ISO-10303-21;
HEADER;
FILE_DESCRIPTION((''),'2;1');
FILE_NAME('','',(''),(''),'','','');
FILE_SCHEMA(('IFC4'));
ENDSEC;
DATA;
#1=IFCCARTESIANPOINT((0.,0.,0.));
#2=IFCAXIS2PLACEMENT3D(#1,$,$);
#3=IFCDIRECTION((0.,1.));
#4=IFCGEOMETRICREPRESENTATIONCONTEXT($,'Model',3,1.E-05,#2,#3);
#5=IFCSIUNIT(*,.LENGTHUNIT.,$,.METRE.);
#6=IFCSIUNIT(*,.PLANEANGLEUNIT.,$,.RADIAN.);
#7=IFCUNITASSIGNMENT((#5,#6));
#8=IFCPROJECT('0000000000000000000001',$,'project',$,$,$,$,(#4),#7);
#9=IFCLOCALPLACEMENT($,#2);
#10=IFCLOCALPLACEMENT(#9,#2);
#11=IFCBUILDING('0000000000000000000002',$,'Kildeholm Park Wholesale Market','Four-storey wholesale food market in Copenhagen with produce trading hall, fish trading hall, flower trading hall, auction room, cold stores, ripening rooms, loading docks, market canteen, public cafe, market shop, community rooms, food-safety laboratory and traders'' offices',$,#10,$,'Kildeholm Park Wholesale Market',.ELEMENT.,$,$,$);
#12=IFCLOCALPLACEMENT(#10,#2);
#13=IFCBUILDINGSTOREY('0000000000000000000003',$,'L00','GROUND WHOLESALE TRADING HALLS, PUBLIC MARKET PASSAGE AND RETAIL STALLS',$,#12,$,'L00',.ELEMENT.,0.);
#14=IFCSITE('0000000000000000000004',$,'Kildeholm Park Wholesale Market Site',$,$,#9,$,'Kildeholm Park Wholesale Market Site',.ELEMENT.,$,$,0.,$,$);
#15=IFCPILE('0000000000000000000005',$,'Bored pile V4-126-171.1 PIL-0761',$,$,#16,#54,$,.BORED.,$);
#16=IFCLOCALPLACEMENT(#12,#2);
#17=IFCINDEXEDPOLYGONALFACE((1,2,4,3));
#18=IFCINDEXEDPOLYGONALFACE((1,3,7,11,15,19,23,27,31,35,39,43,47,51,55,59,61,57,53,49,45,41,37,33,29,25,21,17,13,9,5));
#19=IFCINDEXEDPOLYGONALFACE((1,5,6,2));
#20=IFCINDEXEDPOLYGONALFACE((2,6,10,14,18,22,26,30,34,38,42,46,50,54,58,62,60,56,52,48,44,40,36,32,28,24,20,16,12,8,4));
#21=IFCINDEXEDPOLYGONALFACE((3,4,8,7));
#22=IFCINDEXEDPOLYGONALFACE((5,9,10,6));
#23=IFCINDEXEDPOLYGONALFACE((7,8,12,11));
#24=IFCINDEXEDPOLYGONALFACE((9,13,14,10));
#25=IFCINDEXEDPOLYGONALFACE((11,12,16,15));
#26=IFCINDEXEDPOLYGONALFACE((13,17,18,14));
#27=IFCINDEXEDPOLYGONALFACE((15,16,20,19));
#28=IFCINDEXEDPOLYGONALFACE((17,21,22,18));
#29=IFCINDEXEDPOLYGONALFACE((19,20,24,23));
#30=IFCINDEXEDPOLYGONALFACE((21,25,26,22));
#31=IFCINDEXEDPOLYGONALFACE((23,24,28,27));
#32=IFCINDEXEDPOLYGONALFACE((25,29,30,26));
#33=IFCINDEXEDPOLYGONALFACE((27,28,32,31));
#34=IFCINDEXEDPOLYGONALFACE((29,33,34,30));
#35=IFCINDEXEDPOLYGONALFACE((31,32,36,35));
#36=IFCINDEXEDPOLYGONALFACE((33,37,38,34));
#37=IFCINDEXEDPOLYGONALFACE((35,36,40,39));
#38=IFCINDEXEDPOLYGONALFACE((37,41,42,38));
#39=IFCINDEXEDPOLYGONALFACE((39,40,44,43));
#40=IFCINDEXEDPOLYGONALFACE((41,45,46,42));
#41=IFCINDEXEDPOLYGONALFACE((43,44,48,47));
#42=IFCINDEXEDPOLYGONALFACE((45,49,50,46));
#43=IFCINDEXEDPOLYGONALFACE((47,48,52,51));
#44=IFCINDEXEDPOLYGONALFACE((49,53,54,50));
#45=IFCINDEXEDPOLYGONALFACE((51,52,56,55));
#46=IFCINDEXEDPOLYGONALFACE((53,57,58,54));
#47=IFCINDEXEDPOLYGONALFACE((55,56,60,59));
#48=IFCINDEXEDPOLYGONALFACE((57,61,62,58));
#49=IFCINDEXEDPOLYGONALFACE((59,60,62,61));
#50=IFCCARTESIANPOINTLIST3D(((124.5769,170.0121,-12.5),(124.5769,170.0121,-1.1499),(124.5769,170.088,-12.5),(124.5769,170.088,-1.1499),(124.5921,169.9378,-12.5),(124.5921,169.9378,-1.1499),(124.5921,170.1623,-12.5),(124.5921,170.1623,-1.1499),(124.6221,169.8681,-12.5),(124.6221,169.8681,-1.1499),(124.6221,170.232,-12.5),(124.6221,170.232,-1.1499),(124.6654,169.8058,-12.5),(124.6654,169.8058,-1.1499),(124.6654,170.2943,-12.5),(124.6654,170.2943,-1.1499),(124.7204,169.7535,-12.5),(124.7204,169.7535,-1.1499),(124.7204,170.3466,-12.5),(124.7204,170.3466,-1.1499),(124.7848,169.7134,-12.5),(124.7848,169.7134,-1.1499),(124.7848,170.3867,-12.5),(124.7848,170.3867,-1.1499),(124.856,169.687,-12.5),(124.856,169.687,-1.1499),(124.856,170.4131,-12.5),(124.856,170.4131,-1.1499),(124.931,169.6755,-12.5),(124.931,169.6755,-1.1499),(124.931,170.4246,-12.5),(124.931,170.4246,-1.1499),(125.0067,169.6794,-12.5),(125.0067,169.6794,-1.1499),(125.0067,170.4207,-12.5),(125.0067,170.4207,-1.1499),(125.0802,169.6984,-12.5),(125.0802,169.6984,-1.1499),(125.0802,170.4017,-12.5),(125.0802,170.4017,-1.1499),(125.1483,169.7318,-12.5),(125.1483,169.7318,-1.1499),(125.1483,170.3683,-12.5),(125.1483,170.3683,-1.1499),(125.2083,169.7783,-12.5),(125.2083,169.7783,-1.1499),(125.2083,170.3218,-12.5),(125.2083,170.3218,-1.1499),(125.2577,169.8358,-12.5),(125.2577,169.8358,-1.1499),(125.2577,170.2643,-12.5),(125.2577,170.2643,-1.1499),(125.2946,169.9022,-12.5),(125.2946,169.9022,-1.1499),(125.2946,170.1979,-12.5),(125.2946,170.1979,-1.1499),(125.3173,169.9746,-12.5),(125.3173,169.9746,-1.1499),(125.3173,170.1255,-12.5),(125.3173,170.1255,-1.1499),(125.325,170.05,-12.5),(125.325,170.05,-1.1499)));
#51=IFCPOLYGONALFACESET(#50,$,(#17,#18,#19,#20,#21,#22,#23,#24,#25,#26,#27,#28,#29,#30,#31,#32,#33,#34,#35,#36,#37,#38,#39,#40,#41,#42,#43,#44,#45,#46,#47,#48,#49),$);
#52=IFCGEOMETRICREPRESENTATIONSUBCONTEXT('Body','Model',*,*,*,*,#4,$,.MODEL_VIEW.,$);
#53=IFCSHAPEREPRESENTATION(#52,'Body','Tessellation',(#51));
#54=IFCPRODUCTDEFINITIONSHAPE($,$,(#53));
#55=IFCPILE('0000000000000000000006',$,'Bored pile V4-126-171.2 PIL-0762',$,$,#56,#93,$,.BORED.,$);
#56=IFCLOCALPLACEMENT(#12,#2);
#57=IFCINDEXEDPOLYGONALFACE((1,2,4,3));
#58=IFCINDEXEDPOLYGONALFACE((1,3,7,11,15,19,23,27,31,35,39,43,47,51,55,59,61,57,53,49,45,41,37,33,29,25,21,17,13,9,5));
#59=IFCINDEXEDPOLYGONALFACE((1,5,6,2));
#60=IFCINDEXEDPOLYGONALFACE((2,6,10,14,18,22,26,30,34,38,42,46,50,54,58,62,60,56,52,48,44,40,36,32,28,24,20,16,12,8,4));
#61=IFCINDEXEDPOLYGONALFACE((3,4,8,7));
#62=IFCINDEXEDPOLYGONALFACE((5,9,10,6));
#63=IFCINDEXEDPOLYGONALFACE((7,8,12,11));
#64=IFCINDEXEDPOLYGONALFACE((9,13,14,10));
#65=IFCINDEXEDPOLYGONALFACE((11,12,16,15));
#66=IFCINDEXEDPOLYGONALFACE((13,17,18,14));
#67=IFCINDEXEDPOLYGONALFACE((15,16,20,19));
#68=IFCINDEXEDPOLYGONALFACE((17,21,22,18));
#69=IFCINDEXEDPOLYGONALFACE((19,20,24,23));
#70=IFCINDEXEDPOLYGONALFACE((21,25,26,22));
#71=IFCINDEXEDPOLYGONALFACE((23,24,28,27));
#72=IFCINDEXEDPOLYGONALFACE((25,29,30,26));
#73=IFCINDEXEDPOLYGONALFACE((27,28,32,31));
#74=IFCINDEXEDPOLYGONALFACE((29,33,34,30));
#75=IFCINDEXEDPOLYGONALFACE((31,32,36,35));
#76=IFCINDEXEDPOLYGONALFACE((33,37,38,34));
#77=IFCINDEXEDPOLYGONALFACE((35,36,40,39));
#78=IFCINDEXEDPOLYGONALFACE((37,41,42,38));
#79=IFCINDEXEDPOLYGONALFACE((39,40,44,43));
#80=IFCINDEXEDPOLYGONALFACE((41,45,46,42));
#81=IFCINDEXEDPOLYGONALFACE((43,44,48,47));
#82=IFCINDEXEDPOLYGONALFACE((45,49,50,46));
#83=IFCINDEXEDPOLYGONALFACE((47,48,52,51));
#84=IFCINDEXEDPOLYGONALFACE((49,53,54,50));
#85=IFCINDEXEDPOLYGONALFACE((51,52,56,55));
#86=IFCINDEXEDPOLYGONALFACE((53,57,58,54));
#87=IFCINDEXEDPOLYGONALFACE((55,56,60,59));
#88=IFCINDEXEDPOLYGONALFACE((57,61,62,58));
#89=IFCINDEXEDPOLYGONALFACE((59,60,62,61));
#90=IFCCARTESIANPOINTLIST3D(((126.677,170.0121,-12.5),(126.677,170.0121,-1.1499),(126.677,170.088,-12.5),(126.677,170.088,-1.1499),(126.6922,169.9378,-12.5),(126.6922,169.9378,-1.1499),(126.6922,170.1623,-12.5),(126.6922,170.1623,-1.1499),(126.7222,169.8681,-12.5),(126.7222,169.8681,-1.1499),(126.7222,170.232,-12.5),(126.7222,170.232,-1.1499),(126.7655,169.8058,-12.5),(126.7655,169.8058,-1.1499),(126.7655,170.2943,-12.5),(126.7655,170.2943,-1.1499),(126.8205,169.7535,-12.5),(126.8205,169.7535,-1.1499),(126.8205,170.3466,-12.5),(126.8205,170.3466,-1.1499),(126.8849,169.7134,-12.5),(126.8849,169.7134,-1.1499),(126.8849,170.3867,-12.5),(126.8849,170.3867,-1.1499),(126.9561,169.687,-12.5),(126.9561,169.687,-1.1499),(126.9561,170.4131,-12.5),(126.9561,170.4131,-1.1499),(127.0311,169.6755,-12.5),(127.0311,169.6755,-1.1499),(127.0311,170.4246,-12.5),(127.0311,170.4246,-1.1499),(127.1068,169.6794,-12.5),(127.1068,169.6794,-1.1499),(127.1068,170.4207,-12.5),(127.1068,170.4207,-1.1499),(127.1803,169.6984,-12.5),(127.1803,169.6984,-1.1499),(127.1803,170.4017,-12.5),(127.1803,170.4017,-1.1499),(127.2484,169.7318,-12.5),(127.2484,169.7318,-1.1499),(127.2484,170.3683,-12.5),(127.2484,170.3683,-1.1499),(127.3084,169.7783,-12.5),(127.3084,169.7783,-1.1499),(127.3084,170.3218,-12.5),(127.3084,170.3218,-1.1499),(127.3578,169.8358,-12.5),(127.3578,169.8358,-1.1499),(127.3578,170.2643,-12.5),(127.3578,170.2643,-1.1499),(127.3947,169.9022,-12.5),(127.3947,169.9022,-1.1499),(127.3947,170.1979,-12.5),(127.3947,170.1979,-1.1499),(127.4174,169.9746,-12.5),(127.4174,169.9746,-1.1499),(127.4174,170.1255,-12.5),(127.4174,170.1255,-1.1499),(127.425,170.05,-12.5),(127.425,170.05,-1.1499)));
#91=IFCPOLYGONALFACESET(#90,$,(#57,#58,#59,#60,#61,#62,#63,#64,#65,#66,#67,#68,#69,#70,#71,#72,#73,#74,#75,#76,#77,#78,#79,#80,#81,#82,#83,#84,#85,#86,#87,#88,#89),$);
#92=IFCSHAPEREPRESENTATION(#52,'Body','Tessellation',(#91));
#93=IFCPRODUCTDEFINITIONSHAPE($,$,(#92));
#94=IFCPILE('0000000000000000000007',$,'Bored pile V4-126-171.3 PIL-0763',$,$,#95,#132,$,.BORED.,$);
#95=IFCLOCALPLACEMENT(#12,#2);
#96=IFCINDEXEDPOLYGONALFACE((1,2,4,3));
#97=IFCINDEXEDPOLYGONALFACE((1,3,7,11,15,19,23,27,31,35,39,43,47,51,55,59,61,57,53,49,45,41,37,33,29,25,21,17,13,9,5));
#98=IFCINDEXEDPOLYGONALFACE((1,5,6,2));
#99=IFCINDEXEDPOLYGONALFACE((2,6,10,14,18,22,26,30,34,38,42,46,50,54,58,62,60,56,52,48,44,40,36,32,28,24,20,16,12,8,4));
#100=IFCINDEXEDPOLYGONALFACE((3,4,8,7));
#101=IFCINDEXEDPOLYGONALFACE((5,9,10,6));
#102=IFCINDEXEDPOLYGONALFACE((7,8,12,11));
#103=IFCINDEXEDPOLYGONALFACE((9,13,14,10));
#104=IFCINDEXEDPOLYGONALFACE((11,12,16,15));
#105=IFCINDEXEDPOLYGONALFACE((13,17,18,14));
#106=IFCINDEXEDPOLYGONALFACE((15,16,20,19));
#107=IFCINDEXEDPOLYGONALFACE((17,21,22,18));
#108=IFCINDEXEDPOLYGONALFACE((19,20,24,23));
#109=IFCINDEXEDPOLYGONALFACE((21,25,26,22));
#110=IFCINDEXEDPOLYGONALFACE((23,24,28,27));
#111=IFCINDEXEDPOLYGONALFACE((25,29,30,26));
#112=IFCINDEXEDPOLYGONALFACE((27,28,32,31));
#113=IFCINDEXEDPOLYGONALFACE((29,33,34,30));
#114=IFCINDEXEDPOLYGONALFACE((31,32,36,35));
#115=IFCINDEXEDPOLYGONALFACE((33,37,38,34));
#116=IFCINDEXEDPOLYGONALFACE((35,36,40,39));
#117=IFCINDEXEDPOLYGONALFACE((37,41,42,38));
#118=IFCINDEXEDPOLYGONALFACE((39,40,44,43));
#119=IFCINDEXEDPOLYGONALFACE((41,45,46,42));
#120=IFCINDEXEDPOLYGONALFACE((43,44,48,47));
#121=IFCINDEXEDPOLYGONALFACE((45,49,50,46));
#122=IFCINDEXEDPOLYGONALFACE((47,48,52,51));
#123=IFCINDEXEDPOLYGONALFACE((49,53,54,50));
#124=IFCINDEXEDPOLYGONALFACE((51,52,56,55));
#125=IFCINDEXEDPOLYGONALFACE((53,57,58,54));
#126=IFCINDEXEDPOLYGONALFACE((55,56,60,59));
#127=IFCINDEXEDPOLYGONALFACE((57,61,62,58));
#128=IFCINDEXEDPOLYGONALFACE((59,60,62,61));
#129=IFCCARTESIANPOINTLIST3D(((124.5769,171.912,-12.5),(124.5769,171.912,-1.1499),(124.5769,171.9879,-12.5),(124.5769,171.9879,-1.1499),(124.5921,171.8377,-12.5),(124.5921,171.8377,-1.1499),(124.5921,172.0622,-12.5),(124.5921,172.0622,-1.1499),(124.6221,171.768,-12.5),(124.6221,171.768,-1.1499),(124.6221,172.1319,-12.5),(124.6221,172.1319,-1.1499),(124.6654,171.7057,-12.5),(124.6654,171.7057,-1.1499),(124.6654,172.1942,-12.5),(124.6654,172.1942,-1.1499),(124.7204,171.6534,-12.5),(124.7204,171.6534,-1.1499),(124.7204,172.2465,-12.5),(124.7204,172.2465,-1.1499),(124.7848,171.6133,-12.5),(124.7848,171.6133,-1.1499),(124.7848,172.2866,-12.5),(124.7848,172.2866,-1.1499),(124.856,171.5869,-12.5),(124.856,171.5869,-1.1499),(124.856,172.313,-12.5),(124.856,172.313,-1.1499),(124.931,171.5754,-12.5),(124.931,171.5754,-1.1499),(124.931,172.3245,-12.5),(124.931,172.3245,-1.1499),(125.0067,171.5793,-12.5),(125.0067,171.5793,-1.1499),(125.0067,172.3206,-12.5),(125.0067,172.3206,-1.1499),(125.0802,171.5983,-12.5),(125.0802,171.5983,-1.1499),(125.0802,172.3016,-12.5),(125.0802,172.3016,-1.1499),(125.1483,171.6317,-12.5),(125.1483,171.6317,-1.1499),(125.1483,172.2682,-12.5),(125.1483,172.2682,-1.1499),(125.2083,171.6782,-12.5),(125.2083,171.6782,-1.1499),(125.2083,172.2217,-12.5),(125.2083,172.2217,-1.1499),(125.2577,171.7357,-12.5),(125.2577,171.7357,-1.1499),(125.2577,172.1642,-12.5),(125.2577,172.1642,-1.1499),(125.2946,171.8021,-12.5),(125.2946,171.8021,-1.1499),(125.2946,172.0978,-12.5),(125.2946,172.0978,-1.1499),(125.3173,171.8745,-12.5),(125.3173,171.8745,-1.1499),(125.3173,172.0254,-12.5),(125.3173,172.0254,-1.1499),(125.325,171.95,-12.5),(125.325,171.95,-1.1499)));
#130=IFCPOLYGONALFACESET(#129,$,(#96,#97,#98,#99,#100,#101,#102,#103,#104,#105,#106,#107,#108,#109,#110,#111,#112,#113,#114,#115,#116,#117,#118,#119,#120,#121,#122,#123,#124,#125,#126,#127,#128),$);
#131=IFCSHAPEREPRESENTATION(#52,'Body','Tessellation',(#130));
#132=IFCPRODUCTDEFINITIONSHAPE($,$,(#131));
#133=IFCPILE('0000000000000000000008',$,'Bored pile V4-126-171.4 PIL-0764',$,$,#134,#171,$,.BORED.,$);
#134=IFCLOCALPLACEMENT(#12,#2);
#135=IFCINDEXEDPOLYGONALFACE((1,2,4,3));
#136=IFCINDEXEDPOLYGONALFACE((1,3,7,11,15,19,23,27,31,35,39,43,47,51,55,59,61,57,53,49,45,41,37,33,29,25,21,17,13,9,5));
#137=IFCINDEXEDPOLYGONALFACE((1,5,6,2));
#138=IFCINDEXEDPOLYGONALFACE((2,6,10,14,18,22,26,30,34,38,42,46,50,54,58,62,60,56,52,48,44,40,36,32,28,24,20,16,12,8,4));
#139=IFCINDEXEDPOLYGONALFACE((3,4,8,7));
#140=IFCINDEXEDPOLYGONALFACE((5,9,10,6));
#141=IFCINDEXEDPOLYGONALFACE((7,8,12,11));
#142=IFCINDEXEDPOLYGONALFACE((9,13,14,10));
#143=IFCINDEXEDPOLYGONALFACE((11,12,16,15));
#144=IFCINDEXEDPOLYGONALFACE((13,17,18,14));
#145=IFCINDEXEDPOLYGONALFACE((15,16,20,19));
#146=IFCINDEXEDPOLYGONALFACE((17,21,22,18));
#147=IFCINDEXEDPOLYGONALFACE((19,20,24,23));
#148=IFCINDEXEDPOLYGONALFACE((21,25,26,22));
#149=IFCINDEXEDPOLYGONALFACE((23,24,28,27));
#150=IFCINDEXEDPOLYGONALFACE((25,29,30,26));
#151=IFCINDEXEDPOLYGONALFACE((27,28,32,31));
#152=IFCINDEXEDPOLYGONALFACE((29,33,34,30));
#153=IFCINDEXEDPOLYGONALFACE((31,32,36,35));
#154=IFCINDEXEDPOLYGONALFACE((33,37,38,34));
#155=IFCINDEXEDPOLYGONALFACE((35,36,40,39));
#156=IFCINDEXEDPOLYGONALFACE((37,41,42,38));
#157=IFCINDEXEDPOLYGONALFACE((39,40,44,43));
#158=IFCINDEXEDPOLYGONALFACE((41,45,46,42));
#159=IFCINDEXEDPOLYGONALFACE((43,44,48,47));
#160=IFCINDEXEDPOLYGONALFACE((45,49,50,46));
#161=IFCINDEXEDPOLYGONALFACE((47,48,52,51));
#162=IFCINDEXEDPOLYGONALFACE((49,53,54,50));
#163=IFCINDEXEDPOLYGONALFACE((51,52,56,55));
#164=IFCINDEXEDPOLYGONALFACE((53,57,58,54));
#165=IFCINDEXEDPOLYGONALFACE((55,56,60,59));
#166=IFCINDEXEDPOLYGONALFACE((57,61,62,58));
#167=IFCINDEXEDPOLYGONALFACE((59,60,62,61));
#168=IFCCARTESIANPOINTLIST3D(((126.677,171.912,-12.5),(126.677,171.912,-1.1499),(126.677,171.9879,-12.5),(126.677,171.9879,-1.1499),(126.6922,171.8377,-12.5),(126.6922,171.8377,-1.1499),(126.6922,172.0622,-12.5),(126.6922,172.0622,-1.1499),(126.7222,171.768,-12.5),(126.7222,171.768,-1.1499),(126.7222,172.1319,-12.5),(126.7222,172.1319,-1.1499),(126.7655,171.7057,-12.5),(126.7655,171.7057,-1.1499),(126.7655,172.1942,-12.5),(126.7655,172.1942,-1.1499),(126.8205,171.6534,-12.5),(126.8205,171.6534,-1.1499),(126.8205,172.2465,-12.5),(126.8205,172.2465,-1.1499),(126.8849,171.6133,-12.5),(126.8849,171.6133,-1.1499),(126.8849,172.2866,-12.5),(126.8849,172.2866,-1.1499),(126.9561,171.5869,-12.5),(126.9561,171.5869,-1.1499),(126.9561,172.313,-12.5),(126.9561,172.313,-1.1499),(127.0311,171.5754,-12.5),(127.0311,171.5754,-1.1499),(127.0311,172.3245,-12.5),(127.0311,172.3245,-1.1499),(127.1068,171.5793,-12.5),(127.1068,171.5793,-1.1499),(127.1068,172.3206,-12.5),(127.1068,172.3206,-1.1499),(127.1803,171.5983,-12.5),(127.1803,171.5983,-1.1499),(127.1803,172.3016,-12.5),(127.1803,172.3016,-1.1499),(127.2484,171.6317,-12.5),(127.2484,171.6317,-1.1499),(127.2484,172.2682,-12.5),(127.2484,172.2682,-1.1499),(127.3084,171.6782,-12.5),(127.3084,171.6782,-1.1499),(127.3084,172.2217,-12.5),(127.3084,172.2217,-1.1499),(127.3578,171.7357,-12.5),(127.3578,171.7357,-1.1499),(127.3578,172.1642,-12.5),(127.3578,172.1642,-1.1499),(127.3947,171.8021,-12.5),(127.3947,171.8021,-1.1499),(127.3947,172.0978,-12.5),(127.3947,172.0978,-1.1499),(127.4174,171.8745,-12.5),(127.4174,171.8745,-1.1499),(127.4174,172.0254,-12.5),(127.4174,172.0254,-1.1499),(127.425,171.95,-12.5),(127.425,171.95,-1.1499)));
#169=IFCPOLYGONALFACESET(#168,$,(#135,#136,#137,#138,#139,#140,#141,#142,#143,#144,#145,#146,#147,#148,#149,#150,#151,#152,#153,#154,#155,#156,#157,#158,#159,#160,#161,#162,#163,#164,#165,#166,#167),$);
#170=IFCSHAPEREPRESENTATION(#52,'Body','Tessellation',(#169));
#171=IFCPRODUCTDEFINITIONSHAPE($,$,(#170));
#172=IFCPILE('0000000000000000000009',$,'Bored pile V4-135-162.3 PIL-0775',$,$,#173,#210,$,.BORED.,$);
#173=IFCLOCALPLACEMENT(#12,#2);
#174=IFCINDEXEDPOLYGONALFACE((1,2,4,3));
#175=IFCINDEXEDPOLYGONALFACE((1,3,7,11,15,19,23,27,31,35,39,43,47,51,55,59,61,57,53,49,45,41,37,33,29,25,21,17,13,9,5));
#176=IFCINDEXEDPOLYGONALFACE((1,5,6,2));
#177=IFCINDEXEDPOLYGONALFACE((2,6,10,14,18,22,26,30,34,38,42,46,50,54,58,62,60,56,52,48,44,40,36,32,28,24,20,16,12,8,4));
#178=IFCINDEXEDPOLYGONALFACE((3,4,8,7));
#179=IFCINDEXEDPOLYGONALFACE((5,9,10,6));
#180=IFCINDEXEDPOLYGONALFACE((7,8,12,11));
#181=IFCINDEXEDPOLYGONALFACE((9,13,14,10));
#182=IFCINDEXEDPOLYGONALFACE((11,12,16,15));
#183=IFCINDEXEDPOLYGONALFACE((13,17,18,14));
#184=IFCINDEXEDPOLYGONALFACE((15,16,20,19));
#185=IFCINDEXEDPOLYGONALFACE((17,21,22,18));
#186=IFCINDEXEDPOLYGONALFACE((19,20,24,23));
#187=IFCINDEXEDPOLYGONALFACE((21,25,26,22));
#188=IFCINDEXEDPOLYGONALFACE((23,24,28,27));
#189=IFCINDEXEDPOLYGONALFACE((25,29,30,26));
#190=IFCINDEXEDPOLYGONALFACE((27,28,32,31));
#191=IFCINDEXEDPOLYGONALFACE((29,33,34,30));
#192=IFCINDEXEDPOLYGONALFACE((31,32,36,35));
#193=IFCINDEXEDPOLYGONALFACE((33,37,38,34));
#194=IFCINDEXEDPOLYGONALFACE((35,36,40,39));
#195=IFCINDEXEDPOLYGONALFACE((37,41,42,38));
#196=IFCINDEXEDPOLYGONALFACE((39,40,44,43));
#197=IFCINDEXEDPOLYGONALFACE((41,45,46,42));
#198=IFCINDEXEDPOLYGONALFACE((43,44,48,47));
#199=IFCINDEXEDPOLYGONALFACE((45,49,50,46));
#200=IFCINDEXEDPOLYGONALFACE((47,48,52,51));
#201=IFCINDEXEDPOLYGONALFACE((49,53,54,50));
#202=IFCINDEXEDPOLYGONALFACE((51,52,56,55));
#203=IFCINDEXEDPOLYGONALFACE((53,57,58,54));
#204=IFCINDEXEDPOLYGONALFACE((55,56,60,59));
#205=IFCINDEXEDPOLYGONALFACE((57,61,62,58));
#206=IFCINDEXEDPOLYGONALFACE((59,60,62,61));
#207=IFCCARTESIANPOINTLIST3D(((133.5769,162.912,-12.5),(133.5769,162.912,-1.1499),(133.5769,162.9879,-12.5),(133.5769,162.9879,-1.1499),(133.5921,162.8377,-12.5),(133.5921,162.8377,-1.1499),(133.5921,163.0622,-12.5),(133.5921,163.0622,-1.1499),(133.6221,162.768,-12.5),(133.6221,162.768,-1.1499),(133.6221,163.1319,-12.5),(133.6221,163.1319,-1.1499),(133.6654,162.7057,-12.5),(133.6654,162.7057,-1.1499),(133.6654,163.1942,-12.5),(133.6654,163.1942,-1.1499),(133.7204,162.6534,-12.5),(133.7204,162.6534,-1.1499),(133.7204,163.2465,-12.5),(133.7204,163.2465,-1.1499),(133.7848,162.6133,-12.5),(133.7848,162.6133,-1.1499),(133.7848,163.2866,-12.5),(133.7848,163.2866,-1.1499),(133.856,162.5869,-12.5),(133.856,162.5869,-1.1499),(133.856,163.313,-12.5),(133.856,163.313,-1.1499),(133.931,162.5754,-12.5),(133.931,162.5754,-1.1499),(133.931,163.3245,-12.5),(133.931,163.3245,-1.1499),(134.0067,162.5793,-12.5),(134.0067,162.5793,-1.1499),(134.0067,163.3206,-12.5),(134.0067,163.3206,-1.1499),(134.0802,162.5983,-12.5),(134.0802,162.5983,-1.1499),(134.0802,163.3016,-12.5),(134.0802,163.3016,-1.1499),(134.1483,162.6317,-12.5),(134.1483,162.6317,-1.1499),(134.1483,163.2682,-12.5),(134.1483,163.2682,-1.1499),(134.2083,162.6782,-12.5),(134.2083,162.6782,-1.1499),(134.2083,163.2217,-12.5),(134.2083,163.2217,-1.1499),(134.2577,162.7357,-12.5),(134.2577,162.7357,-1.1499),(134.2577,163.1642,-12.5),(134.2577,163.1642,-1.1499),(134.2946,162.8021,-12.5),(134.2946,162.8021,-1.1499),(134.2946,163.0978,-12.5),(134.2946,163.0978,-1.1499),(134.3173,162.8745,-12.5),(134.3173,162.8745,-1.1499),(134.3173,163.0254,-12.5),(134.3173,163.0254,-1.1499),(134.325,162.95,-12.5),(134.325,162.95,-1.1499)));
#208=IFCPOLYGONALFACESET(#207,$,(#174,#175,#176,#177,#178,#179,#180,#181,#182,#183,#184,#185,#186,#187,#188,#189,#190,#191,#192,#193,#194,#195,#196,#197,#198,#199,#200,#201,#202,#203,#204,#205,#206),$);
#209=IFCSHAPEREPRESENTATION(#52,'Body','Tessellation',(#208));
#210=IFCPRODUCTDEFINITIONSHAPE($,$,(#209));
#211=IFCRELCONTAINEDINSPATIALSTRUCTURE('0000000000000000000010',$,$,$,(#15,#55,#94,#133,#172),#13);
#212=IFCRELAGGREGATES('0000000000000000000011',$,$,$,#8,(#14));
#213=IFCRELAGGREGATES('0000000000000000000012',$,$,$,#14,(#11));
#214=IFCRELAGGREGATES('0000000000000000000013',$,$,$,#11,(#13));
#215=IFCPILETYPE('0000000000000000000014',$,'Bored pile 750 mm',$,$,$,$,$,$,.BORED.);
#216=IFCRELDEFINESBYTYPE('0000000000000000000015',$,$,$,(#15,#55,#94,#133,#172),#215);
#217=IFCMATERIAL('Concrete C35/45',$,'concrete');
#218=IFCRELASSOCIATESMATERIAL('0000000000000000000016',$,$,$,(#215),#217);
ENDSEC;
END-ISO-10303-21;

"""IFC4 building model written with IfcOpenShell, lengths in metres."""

from ifc_helpers import new_model, si_unit, direction, frame, origin, origin_2d, place, context, subcontext, project, spatial, circle, extrude, material, material_profile, profile_set, type_object, element, save


model = new_model("IFC4")

# Units and contexts
model_context = context("Model", 3, precision=1e-05, world=origin(), true_north=direction((0.0, 1.0)))
body_context = subcontext(model_context, "Body", "Model", "MODEL_VIEW")
ifc_project = project(units=[si_unit("LENGTHUNIT", "METRE"), si_unit("PLANEANGLEUNIT", "RADIAN")], contexts=[model_context])

# Site, building, storey
site_placement = place(None, origin())
site = spatial("IfcSite", under=ifc_project, at=site_placement, Name="Kildeholm Park Wholesale Market Site", LongName="Kildeholm Park Wholesale Market Site", CompositionType="ELEMENT", RefElevation=0.0)
building_placement = place(site_placement, origin())
building = spatial("IfcBuilding", under=site, at=building_placement, Name="Kildeholm Park Wholesale Market", Description="Four-storey wholesale food market in Copenhagen with produce trading hall, fish trading hall, flower trading hall, auction room, cold stores, ripening rooms, loading docks, market canteen, public cafe, market shop, community rooms, food-safety laboratory and traders' offices", LongName="Kildeholm Park Wholesale Market", CompositionType="ELEMENT")
storey_placement = place(building_placement, origin())
storey = spatial("IfcBuildingStorey", under=building, at=storey_placement, Name="L00", Description="GROUND WHOLESALE TRADING HALLS, PUBLIC MARKET PASSAGE AND RETAIL STALLS", LongName="L00", CompositionType="ELEMENT", Elevation=0.0)

# Piles
ifc_material_1 = material(Name="Concrete C35/45", Category="concrete")
ifc_material_profile_1 = material_profile(ifc_material_1, circle(Radius=0.375, at=origin_2d()), Name="PILE D750")
ifc_profile_set_1 = profile_set([ifc_material_profile_1], Name="Concrete C35/45")
pile_type = type_object("IfcPileType", Name="Bored pile 750 mm", PredefinedType="BORED", material=ifc_profile_set_1)
for number, where, z_axis, x_axis, name in (
    (1, (124.95, 170.05, -1.1499), (0.0, 0.0, -1.0), (1.0, 0.0, 0.0), "Bored pile V4-126-171.1 PIL-0761"),
    (2, (127.05, 170.05, -1.1499), (0.0, 0.0, -1.0), (1.0, 0.0, 0.0), "Bored pile V4-126-171.2 PIL-0762"),
    (3, (124.95, 171.95, -1.1499), (0.0, 0.0, -1.0), (1.0, 0.0, 0.0), "Bored pile V4-126-171.3 PIL-0763"),
    (4, (127.05, 171.95, -1.1499), (0.0, 0.0, -1.0), (1.0, 0.0, 0.0), "Bored pile V4-126-171.4 PIL-0764"),
    (5, (133.95, 162.95, -1.1499), (0.0, 0.0, -1.0), (1.0, 0.0, 0.0), "Bored pile V4-135-162.3 PIL-0775"),
):
    element("IfcPile", number, at=place(storey_placement, frame(where, z_axis=z_axis, x_axis=x_axis)), inside=storey, type_object=pile_type, Name=name, PredefinedType="BORED", context=body_context, shape_type="SweptSolid", body=[
        extrude(circle(Radius=0.375, at=origin_2d()), origin(), (0.0, 0.0, 1.0), 11.3501),
    ])

save(model, "model.ifc")
